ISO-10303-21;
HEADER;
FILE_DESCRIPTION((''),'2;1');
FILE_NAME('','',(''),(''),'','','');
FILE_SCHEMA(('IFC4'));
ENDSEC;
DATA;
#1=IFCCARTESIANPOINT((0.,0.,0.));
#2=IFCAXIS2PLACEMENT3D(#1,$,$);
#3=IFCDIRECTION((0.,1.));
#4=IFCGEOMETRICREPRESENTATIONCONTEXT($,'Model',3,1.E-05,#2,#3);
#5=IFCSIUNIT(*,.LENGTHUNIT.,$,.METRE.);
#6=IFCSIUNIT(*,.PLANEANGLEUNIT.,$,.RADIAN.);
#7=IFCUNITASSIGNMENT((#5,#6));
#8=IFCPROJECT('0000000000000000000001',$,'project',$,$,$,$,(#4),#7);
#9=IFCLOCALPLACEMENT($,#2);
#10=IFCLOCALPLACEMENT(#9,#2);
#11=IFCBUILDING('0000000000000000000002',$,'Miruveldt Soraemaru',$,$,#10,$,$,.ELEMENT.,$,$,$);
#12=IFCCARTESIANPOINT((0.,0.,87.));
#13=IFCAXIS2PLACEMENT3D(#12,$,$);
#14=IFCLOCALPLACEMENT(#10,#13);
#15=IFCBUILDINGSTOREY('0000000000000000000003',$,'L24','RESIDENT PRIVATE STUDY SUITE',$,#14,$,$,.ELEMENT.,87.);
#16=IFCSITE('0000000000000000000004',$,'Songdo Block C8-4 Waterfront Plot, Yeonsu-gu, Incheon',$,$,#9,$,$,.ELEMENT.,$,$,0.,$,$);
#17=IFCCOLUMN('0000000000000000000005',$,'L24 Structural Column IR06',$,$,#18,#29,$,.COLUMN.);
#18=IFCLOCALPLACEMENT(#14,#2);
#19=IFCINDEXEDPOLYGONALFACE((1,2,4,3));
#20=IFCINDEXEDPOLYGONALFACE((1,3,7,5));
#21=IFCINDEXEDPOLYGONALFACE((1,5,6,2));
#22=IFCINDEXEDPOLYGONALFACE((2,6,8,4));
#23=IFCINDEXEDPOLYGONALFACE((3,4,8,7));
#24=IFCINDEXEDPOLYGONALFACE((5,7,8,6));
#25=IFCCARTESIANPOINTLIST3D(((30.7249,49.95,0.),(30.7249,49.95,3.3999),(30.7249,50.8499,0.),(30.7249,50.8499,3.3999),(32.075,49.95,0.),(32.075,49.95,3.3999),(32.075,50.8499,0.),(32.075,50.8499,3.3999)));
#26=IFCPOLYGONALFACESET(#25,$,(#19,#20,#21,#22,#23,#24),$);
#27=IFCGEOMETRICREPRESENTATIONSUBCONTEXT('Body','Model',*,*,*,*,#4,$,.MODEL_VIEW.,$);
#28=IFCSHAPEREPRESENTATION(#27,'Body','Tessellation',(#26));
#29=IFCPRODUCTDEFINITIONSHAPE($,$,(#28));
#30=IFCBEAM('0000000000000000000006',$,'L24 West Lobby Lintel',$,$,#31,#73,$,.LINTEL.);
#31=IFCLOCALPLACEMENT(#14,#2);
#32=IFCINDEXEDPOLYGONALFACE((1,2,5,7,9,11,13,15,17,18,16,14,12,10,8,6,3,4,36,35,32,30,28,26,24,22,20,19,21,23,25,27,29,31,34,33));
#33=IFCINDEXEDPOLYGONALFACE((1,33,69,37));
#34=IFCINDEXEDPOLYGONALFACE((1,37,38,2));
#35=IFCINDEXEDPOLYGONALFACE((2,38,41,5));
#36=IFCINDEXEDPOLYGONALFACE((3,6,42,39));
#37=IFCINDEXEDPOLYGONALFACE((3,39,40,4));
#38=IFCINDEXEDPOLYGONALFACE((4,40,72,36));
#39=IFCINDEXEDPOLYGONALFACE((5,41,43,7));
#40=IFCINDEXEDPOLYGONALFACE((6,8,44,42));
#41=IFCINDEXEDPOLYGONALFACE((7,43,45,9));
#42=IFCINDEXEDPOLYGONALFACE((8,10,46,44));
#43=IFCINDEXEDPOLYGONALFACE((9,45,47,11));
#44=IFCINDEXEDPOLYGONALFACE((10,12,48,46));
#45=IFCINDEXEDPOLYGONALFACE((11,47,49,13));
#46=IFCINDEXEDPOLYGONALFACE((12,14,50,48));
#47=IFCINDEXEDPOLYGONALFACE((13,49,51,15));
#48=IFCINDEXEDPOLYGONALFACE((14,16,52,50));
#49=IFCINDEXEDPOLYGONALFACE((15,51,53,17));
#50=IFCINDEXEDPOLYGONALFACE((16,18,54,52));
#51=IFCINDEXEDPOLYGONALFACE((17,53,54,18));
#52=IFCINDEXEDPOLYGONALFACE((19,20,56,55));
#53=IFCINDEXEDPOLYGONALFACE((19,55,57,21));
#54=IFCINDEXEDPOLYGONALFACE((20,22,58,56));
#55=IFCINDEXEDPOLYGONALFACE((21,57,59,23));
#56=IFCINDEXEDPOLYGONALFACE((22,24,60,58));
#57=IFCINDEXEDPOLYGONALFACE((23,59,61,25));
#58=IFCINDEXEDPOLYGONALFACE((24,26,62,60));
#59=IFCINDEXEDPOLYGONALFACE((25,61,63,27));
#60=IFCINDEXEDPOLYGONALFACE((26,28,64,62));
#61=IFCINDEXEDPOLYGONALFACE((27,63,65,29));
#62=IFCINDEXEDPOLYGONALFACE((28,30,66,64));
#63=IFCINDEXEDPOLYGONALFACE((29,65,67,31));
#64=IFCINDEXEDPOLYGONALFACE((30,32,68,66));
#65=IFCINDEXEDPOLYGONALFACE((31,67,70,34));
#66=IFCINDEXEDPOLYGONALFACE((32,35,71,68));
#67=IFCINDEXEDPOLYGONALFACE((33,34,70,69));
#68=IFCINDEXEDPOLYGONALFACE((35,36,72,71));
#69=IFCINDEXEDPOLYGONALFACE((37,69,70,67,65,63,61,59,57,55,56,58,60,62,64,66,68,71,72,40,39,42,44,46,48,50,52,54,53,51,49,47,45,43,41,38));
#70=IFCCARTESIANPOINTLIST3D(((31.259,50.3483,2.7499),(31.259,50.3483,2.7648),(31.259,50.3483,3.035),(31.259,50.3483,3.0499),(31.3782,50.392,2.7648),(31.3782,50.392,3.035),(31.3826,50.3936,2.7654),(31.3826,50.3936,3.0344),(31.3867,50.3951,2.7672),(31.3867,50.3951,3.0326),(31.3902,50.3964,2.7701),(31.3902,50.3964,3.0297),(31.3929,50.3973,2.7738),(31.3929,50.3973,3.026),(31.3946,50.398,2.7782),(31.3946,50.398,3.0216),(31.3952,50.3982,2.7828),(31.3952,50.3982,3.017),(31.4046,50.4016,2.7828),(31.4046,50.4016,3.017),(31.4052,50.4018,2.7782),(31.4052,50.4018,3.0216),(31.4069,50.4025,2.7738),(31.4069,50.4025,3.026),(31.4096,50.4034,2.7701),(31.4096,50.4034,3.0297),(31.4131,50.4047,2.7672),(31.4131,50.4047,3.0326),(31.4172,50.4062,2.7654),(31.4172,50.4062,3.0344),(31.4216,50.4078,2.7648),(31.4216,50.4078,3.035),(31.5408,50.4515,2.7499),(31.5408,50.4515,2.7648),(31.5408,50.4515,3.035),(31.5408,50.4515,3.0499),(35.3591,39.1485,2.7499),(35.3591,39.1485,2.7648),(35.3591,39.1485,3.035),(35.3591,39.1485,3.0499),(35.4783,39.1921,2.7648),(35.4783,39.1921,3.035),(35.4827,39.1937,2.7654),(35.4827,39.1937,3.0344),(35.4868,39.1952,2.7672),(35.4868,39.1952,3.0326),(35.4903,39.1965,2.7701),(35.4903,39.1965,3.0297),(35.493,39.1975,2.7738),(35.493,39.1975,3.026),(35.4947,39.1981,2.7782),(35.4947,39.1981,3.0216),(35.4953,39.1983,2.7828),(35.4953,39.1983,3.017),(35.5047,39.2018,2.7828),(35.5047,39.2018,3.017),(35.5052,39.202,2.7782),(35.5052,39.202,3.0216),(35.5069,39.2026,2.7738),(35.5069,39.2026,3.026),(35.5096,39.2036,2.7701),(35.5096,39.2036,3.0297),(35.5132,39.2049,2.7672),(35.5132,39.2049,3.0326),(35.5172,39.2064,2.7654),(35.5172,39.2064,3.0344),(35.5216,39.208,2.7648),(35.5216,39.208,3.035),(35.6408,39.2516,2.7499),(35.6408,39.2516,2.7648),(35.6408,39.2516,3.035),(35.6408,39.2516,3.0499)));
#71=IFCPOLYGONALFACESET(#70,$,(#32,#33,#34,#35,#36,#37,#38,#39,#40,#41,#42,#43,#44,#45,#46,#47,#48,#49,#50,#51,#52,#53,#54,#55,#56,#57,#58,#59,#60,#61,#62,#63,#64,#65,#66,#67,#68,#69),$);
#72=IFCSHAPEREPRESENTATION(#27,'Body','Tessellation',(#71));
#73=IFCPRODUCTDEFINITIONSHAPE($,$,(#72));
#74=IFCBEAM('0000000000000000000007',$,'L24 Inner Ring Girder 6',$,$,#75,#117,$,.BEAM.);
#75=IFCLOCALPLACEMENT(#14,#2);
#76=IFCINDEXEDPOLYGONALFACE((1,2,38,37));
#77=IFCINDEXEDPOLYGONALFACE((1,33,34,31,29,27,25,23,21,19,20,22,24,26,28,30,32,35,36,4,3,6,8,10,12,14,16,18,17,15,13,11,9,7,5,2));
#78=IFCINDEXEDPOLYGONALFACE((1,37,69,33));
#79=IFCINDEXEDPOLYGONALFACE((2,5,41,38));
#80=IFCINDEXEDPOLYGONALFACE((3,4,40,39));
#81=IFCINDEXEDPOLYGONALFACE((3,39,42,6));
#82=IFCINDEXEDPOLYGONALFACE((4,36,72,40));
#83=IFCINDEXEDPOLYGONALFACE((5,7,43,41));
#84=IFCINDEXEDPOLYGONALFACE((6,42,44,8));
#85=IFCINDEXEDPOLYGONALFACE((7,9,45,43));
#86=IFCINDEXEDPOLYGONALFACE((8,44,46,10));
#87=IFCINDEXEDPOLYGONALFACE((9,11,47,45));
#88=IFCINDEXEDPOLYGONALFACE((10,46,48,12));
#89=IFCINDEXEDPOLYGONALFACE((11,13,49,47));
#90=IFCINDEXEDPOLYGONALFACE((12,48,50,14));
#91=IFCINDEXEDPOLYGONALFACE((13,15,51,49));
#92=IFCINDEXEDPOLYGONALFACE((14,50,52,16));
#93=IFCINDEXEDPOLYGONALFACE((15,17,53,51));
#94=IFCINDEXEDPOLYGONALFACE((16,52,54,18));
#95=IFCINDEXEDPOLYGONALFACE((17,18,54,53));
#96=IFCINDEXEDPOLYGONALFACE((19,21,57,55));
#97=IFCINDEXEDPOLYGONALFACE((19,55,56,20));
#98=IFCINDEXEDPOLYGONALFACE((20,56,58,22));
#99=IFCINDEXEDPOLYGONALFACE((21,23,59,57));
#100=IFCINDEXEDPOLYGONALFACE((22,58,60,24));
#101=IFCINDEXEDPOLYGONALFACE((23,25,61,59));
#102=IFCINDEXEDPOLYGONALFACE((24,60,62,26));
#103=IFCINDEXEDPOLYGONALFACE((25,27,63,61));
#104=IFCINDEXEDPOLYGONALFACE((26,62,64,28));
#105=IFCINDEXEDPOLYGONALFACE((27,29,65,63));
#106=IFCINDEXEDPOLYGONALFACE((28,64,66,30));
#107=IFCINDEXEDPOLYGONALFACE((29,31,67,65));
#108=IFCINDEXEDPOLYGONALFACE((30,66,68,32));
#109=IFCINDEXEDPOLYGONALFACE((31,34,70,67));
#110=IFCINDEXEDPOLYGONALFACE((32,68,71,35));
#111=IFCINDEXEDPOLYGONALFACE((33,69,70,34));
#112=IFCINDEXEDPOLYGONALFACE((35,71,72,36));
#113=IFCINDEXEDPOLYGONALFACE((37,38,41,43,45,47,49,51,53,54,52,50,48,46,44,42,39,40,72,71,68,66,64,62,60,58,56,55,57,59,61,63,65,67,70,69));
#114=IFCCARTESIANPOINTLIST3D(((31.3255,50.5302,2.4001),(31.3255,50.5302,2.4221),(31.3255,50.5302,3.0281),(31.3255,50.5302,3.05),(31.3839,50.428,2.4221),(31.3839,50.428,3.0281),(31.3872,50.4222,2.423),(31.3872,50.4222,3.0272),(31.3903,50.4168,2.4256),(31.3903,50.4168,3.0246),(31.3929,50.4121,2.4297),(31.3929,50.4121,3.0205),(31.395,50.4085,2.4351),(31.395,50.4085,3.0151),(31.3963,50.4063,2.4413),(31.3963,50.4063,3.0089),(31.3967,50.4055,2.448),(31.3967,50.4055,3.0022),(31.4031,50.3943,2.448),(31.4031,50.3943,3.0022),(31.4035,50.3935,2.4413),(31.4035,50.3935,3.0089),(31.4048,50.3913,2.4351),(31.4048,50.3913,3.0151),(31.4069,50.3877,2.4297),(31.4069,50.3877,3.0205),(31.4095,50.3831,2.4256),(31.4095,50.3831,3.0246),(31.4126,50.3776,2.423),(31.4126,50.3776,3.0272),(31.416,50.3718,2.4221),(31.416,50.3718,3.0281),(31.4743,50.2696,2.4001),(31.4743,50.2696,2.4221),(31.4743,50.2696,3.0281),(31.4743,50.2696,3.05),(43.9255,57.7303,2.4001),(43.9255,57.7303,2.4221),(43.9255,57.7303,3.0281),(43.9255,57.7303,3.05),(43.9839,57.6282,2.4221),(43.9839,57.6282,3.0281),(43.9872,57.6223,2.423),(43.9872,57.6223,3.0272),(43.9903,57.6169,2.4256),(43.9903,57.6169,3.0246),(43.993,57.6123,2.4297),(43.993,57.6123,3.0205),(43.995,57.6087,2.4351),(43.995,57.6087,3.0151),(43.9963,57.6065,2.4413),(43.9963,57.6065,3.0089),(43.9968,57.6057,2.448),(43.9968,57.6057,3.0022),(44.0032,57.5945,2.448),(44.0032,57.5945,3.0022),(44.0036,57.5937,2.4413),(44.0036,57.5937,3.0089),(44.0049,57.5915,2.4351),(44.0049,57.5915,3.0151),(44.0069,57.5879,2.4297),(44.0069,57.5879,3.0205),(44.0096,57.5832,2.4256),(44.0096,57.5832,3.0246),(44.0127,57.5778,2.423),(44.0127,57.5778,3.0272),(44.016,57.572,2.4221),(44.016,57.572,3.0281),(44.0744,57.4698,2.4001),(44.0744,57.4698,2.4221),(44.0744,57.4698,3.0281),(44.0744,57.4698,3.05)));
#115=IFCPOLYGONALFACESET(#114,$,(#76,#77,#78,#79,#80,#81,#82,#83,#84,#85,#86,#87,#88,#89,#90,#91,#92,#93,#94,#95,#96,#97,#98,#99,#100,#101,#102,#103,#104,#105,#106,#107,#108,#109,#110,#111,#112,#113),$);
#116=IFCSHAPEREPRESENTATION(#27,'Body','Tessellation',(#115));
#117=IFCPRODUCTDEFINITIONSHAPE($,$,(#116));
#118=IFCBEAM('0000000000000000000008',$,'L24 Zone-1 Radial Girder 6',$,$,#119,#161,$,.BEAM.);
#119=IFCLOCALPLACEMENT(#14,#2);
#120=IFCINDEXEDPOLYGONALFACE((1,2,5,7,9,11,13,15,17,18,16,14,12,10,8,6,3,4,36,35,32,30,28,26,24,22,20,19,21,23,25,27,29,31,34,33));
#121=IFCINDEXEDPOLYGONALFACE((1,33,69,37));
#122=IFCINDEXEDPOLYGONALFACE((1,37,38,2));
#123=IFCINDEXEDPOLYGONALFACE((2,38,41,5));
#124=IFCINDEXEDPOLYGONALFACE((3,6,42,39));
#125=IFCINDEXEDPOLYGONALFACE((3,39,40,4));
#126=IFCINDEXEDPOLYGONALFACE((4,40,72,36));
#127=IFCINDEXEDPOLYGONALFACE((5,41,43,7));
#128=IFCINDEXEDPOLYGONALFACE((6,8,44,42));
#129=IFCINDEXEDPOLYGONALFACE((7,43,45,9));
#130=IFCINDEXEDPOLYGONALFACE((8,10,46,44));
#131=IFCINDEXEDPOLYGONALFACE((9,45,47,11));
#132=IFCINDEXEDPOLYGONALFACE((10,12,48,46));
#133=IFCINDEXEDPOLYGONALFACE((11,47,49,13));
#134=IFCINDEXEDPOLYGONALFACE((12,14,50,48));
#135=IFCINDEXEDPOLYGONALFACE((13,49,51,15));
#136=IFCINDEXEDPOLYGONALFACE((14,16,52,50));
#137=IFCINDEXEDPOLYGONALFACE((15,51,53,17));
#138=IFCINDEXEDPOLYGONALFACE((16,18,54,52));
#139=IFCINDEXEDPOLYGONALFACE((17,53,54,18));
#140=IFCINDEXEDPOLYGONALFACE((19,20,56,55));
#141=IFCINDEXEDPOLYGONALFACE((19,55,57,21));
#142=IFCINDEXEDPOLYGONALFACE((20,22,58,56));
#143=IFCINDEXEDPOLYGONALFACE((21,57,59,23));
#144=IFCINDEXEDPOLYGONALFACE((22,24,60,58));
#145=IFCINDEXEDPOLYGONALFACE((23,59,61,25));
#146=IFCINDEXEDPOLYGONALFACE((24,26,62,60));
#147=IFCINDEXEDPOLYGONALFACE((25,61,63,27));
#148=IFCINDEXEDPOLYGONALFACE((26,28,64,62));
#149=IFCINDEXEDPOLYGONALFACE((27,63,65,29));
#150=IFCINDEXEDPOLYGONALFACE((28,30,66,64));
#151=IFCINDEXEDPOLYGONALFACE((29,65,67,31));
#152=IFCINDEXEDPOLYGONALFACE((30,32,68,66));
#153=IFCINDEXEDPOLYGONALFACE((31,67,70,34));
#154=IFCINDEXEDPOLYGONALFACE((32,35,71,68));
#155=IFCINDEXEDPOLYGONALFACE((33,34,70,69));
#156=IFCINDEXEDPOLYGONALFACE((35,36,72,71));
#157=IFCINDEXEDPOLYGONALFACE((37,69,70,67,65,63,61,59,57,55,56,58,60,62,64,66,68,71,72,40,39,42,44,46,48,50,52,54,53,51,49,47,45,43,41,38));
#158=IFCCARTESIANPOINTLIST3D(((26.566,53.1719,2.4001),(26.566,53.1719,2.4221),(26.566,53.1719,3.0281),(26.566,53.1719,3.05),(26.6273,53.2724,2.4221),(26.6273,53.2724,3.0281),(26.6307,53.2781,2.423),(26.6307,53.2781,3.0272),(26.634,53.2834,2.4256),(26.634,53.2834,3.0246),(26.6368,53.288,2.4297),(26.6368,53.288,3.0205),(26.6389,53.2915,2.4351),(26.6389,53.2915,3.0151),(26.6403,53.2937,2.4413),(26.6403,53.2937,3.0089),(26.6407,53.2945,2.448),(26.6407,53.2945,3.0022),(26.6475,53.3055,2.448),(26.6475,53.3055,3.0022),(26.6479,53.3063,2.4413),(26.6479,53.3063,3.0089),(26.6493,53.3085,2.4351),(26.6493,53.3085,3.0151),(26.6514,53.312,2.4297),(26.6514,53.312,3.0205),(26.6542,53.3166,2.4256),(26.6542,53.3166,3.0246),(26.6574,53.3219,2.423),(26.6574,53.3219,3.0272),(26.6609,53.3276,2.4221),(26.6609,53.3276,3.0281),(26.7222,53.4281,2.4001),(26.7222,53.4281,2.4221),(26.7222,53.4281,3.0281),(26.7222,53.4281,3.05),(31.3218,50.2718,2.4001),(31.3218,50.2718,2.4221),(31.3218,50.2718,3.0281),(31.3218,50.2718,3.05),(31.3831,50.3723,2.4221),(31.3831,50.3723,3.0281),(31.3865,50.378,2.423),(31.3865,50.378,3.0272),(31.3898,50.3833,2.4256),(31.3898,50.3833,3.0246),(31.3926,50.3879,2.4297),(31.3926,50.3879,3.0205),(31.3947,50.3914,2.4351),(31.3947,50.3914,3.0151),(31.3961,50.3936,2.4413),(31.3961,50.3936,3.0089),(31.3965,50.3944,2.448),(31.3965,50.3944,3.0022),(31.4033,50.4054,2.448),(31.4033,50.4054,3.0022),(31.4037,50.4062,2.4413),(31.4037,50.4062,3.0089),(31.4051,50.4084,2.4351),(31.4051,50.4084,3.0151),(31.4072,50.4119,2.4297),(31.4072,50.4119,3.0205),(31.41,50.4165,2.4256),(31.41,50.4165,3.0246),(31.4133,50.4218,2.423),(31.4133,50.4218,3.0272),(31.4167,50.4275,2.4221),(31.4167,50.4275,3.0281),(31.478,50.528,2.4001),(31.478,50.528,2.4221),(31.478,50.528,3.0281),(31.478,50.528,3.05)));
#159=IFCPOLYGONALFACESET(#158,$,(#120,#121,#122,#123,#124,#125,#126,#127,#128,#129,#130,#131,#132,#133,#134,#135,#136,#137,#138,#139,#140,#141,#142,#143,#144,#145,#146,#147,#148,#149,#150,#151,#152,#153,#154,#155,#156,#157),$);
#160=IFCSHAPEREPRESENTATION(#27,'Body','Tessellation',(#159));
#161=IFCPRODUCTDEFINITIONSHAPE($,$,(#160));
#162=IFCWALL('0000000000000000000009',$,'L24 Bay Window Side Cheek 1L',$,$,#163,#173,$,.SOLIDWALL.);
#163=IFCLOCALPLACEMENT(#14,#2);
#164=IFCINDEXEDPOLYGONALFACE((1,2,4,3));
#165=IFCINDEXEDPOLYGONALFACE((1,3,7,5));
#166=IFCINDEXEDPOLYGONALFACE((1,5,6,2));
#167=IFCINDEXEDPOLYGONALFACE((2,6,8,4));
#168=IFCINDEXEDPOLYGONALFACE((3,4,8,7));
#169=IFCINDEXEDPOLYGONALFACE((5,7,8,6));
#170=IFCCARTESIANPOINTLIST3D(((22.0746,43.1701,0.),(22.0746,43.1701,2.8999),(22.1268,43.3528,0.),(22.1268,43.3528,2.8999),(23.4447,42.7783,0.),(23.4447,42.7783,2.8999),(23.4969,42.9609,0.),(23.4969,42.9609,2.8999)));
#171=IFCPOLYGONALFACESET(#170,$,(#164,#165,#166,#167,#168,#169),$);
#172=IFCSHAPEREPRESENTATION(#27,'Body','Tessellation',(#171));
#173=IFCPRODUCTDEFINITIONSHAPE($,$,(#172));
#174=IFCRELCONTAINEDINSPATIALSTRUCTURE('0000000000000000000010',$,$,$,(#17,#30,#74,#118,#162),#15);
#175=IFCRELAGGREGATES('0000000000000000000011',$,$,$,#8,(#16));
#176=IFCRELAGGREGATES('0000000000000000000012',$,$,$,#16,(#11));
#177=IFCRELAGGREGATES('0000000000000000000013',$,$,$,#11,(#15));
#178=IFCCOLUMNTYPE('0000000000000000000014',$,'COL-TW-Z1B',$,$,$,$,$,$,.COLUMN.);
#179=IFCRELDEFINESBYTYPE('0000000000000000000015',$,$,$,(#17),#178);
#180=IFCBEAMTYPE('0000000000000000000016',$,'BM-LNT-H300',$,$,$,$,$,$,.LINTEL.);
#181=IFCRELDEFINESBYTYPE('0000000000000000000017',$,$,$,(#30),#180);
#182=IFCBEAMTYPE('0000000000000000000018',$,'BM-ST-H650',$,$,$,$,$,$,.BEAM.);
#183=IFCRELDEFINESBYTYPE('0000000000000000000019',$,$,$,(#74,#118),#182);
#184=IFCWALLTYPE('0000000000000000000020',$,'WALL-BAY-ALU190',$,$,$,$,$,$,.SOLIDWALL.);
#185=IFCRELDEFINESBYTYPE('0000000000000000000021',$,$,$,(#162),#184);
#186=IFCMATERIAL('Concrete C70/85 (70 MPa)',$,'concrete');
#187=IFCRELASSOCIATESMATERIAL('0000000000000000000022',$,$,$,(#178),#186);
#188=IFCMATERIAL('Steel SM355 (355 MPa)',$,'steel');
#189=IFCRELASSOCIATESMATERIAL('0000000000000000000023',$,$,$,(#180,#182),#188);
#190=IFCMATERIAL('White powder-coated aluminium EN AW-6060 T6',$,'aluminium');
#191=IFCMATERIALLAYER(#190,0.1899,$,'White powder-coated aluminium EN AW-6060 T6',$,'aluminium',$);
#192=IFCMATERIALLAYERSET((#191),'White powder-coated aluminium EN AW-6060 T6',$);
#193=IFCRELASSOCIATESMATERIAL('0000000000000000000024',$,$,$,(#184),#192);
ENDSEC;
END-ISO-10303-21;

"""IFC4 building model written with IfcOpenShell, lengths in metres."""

from ifc_helpers import new_model, si_unit, direction, frame, frame_2d, origin, origin_2d, place, context, subcontext, project, spatial, rectangle, i_section, extrude, material, layer, layer_set, material_profile, profile_set, type_object, element, save


model = new_model("IFC4")

# Units and contexts
model_context = context("Model", 3, precision=1e-05, world=origin(), true_north=direction((0.0, 1.0)))
body_context = subcontext(model_context, "Body", "Model", "MODEL_VIEW")
ifc_project = project(units=[si_unit("LENGTHUNIT", "METRE"), si_unit("PLANEANGLEUNIT", "RADIAN")], contexts=[model_context])

# Site, building, storey
site_placement = place(None, origin())
site = spatial("IfcSite", under=ifc_project, at=site_placement, Name="Songdo Block C8-4 Waterfront Plot, Yeonsu-gu, Incheon", CompositionType="ELEMENT", RefElevation=0.0)
building_placement = place(site_placement, origin())
building = spatial("IfcBuilding", under=site, at=building_placement, Name="Miruveldt Soraemaru", CompositionType="ELEMENT")
storey_placement = place(building_placement, frame((0.0, 0.0, 87.0)))
storey = spatial("IfcBuildingStorey", under=building, at=storey_placement, Name="L24", Description="RESIDENT PRIVATE STUDY SUITE", CompositionType="ELEMENT", Elevation=87.0)

# Column
ifc_material_1 = material(Name="Concrete C70/85 (70 MPa)", Category="concrete")
ifc_material_profile_1 = material_profile(ifc_material_1, rectangle(XDim=1.3501, YDim=0.8999, at=origin_2d()), Name="Concrete C70/85 (70 MPa)", Category="concrete")
ifc_profile_set_1 = profile_set([ifc_material_profile_1], Name="Concrete C70/85 (70 MPa)")
column_type = type_object("IfcColumnType", Name="COL-TW-Z1B", PredefinedType="COLUMN", material=ifc_profile_set_1)
column_placement = place(storey_placement, frame((31.3999, 50.3999, 0.0), z_axis=(0.0, 0.0, 1.0), x_axis=(1.0, 0.0, 0.0)))
element("IfcColumn", 1, at=column_placement, inside=storey, type_object=column_type, Name="L24 Structural Column IR06", PredefinedType="COLUMN", context=body_context, shape_type="SweptSolid", body=[
    extrude(rectangle(XDim=1.3501, YDim=0.8999, at=origin_2d()), origin(), (0.0, 0.0, 1.0), 3.3999),
])

# Beams
ifc_material_2 = material(Name="Steel SM355 (355 MPa)", Category="steel")
ifc_material_profile_2 = material_profile(ifc_material_2, i_section(OverallWidth=0.3, OverallDepth=0.3, WebThickness=0.01, FlangeThickness=0.0149, FilletRadius=0.0181, at=origin_2d()), Name="Steel SM355 (355 MPa)", Category="steel")
ifc_profile_set_2 = profile_set([ifc_material_profile_2], Name="Steel SM355 (355 MPa)")
beam_type_1 = type_object("IfcBeamType", Name="BM-LNT-H300", PredefinedType="LINTEL", material=ifc_profile_set_2)
beam_1_placement = place(storey_placement, frame((31.3999, 50.3999, 2.8999), z_axis=(0.34377, -0.939054, 0.0), x_axis=(0.939054, 0.34377, 0.0)))
element("IfcBeam", 2, at=beam_1_placement, inside=storey, type_object=beam_type_1, Name="L24 West Lobby Lintel", PredefinedType="LINTEL", context=body_context, shape_type="SweptSolid", body=[
    extrude(i_section(OverallWidth=0.3, OverallDepth=0.3, WebThickness=0.01, FlangeThickness=0.0149, FilletRadius=0.0181, at=origin_2d()), origin(), (0.0, 0.0, 1.0), 11.9268),
])
ifc_material_profile_3 = material_profile(ifc_material_2, i_section(OverallWidth=0.3, OverallDepth=0.6499, WebThickness=0.0129, FlangeThickness=0.022, FilletRadius=0.0259, at=origin_2d()), Name="Steel SM355 (355 MPa)", Category="steel")
ifc_profile_set_3 = profile_set([ifc_material_profile_3], Name="Steel SM355 (355 MPa)")
beam_type_2 = type_object("IfcBeamType", Name="BM-ST-H650", PredefinedType="BEAM", material=ifc_profile_set_3)
beam_2_placement = place(storey_placement, frame((31.3999, 50.3999, 2.7251), z_axis=(0.868239, 0.496146, 0.0), x_axis=(-0.496146, 0.868239, 0.0)))
element("IfcBeam", 3, at=beam_2_placement, inside=storey, type_object=beam_type_2, Name="L24 Inner Ring Girder 6", PredefinedType="BEAM", context=body_context, shape_type="SweptSolid", body=[
    extrude(i_section(OverallWidth=0.3, OverallDepth=0.6499, WebThickness=0.0129, FlangeThickness=0.022, FilletRadius=0.0259, at=origin_2d()), origin(), (0.0, 0.0, 1.0), 14.5122),
])
beam_3_placement = place(storey_placement, frame((31.3999, 50.3999, 2.7251), z_axis=(-0.853778, 0.520638, 0.0), x_axis=(-0.520638, -0.853778, 0.0)))
element("IfcBeam", 4, at=beam_3_placement, inside=storey, type_object=beam_type_2, Name="L24 Zone-1 Radial Girder 6", PredefinedType="BEAM", context=body_context, shape_type="SweptSolid", body=[
    extrude(i_section(OverallWidth=0.3, OverallDepth=0.6499, WebThickness=0.0129, FlangeThickness=0.022, FilletRadius=0.0259, at=origin_2d()), origin(), (0.0, 0.0, 1.0), 5.5703),
])

# Wall
ifc_material_3 = material(Name="White powder-coated aluminium EN AW-6060 T6", Category="aluminium")
ifc_layer_1 = layer(ifc_material_3, 0.1899, Name="White powder-coated aluminium EN AW-6060 T6", Category="aluminium")
ifc_layer_set_1 = layer_set([ifc_layer_1], Name="White powder-coated aluminium EN AW-6060 T6")
wall_type_1 = type_object("IfcWallType", Name="WALL-BAY-ALU190", PredefinedType="SOLIDWALL", material=ifc_layer_set_1)
wall_1_placement = place(storey_placement, frame((23.4707, 42.8696, 0.0), z_axis=(0.0, 0.0, 1.0), x_axis=(-0.961453, 0.27497, 0.0)))
element("IfcWall", 5, at=wall_1_placement, inside=storey, type_object=wall_type_1, Name="L24 Bay Window Side Cheek 1L", PredefinedType="SOLIDWALL", context=body_context, shape_type="SweptSolid", body=[
    extrude(rectangle(XDim=1.425, YDim=0.1899, at=frame_2d((0.7124, 0.0))), origin(), (0.0, 0.0, 1.0), 2.8999),
])

save(model, "model.ifc")
